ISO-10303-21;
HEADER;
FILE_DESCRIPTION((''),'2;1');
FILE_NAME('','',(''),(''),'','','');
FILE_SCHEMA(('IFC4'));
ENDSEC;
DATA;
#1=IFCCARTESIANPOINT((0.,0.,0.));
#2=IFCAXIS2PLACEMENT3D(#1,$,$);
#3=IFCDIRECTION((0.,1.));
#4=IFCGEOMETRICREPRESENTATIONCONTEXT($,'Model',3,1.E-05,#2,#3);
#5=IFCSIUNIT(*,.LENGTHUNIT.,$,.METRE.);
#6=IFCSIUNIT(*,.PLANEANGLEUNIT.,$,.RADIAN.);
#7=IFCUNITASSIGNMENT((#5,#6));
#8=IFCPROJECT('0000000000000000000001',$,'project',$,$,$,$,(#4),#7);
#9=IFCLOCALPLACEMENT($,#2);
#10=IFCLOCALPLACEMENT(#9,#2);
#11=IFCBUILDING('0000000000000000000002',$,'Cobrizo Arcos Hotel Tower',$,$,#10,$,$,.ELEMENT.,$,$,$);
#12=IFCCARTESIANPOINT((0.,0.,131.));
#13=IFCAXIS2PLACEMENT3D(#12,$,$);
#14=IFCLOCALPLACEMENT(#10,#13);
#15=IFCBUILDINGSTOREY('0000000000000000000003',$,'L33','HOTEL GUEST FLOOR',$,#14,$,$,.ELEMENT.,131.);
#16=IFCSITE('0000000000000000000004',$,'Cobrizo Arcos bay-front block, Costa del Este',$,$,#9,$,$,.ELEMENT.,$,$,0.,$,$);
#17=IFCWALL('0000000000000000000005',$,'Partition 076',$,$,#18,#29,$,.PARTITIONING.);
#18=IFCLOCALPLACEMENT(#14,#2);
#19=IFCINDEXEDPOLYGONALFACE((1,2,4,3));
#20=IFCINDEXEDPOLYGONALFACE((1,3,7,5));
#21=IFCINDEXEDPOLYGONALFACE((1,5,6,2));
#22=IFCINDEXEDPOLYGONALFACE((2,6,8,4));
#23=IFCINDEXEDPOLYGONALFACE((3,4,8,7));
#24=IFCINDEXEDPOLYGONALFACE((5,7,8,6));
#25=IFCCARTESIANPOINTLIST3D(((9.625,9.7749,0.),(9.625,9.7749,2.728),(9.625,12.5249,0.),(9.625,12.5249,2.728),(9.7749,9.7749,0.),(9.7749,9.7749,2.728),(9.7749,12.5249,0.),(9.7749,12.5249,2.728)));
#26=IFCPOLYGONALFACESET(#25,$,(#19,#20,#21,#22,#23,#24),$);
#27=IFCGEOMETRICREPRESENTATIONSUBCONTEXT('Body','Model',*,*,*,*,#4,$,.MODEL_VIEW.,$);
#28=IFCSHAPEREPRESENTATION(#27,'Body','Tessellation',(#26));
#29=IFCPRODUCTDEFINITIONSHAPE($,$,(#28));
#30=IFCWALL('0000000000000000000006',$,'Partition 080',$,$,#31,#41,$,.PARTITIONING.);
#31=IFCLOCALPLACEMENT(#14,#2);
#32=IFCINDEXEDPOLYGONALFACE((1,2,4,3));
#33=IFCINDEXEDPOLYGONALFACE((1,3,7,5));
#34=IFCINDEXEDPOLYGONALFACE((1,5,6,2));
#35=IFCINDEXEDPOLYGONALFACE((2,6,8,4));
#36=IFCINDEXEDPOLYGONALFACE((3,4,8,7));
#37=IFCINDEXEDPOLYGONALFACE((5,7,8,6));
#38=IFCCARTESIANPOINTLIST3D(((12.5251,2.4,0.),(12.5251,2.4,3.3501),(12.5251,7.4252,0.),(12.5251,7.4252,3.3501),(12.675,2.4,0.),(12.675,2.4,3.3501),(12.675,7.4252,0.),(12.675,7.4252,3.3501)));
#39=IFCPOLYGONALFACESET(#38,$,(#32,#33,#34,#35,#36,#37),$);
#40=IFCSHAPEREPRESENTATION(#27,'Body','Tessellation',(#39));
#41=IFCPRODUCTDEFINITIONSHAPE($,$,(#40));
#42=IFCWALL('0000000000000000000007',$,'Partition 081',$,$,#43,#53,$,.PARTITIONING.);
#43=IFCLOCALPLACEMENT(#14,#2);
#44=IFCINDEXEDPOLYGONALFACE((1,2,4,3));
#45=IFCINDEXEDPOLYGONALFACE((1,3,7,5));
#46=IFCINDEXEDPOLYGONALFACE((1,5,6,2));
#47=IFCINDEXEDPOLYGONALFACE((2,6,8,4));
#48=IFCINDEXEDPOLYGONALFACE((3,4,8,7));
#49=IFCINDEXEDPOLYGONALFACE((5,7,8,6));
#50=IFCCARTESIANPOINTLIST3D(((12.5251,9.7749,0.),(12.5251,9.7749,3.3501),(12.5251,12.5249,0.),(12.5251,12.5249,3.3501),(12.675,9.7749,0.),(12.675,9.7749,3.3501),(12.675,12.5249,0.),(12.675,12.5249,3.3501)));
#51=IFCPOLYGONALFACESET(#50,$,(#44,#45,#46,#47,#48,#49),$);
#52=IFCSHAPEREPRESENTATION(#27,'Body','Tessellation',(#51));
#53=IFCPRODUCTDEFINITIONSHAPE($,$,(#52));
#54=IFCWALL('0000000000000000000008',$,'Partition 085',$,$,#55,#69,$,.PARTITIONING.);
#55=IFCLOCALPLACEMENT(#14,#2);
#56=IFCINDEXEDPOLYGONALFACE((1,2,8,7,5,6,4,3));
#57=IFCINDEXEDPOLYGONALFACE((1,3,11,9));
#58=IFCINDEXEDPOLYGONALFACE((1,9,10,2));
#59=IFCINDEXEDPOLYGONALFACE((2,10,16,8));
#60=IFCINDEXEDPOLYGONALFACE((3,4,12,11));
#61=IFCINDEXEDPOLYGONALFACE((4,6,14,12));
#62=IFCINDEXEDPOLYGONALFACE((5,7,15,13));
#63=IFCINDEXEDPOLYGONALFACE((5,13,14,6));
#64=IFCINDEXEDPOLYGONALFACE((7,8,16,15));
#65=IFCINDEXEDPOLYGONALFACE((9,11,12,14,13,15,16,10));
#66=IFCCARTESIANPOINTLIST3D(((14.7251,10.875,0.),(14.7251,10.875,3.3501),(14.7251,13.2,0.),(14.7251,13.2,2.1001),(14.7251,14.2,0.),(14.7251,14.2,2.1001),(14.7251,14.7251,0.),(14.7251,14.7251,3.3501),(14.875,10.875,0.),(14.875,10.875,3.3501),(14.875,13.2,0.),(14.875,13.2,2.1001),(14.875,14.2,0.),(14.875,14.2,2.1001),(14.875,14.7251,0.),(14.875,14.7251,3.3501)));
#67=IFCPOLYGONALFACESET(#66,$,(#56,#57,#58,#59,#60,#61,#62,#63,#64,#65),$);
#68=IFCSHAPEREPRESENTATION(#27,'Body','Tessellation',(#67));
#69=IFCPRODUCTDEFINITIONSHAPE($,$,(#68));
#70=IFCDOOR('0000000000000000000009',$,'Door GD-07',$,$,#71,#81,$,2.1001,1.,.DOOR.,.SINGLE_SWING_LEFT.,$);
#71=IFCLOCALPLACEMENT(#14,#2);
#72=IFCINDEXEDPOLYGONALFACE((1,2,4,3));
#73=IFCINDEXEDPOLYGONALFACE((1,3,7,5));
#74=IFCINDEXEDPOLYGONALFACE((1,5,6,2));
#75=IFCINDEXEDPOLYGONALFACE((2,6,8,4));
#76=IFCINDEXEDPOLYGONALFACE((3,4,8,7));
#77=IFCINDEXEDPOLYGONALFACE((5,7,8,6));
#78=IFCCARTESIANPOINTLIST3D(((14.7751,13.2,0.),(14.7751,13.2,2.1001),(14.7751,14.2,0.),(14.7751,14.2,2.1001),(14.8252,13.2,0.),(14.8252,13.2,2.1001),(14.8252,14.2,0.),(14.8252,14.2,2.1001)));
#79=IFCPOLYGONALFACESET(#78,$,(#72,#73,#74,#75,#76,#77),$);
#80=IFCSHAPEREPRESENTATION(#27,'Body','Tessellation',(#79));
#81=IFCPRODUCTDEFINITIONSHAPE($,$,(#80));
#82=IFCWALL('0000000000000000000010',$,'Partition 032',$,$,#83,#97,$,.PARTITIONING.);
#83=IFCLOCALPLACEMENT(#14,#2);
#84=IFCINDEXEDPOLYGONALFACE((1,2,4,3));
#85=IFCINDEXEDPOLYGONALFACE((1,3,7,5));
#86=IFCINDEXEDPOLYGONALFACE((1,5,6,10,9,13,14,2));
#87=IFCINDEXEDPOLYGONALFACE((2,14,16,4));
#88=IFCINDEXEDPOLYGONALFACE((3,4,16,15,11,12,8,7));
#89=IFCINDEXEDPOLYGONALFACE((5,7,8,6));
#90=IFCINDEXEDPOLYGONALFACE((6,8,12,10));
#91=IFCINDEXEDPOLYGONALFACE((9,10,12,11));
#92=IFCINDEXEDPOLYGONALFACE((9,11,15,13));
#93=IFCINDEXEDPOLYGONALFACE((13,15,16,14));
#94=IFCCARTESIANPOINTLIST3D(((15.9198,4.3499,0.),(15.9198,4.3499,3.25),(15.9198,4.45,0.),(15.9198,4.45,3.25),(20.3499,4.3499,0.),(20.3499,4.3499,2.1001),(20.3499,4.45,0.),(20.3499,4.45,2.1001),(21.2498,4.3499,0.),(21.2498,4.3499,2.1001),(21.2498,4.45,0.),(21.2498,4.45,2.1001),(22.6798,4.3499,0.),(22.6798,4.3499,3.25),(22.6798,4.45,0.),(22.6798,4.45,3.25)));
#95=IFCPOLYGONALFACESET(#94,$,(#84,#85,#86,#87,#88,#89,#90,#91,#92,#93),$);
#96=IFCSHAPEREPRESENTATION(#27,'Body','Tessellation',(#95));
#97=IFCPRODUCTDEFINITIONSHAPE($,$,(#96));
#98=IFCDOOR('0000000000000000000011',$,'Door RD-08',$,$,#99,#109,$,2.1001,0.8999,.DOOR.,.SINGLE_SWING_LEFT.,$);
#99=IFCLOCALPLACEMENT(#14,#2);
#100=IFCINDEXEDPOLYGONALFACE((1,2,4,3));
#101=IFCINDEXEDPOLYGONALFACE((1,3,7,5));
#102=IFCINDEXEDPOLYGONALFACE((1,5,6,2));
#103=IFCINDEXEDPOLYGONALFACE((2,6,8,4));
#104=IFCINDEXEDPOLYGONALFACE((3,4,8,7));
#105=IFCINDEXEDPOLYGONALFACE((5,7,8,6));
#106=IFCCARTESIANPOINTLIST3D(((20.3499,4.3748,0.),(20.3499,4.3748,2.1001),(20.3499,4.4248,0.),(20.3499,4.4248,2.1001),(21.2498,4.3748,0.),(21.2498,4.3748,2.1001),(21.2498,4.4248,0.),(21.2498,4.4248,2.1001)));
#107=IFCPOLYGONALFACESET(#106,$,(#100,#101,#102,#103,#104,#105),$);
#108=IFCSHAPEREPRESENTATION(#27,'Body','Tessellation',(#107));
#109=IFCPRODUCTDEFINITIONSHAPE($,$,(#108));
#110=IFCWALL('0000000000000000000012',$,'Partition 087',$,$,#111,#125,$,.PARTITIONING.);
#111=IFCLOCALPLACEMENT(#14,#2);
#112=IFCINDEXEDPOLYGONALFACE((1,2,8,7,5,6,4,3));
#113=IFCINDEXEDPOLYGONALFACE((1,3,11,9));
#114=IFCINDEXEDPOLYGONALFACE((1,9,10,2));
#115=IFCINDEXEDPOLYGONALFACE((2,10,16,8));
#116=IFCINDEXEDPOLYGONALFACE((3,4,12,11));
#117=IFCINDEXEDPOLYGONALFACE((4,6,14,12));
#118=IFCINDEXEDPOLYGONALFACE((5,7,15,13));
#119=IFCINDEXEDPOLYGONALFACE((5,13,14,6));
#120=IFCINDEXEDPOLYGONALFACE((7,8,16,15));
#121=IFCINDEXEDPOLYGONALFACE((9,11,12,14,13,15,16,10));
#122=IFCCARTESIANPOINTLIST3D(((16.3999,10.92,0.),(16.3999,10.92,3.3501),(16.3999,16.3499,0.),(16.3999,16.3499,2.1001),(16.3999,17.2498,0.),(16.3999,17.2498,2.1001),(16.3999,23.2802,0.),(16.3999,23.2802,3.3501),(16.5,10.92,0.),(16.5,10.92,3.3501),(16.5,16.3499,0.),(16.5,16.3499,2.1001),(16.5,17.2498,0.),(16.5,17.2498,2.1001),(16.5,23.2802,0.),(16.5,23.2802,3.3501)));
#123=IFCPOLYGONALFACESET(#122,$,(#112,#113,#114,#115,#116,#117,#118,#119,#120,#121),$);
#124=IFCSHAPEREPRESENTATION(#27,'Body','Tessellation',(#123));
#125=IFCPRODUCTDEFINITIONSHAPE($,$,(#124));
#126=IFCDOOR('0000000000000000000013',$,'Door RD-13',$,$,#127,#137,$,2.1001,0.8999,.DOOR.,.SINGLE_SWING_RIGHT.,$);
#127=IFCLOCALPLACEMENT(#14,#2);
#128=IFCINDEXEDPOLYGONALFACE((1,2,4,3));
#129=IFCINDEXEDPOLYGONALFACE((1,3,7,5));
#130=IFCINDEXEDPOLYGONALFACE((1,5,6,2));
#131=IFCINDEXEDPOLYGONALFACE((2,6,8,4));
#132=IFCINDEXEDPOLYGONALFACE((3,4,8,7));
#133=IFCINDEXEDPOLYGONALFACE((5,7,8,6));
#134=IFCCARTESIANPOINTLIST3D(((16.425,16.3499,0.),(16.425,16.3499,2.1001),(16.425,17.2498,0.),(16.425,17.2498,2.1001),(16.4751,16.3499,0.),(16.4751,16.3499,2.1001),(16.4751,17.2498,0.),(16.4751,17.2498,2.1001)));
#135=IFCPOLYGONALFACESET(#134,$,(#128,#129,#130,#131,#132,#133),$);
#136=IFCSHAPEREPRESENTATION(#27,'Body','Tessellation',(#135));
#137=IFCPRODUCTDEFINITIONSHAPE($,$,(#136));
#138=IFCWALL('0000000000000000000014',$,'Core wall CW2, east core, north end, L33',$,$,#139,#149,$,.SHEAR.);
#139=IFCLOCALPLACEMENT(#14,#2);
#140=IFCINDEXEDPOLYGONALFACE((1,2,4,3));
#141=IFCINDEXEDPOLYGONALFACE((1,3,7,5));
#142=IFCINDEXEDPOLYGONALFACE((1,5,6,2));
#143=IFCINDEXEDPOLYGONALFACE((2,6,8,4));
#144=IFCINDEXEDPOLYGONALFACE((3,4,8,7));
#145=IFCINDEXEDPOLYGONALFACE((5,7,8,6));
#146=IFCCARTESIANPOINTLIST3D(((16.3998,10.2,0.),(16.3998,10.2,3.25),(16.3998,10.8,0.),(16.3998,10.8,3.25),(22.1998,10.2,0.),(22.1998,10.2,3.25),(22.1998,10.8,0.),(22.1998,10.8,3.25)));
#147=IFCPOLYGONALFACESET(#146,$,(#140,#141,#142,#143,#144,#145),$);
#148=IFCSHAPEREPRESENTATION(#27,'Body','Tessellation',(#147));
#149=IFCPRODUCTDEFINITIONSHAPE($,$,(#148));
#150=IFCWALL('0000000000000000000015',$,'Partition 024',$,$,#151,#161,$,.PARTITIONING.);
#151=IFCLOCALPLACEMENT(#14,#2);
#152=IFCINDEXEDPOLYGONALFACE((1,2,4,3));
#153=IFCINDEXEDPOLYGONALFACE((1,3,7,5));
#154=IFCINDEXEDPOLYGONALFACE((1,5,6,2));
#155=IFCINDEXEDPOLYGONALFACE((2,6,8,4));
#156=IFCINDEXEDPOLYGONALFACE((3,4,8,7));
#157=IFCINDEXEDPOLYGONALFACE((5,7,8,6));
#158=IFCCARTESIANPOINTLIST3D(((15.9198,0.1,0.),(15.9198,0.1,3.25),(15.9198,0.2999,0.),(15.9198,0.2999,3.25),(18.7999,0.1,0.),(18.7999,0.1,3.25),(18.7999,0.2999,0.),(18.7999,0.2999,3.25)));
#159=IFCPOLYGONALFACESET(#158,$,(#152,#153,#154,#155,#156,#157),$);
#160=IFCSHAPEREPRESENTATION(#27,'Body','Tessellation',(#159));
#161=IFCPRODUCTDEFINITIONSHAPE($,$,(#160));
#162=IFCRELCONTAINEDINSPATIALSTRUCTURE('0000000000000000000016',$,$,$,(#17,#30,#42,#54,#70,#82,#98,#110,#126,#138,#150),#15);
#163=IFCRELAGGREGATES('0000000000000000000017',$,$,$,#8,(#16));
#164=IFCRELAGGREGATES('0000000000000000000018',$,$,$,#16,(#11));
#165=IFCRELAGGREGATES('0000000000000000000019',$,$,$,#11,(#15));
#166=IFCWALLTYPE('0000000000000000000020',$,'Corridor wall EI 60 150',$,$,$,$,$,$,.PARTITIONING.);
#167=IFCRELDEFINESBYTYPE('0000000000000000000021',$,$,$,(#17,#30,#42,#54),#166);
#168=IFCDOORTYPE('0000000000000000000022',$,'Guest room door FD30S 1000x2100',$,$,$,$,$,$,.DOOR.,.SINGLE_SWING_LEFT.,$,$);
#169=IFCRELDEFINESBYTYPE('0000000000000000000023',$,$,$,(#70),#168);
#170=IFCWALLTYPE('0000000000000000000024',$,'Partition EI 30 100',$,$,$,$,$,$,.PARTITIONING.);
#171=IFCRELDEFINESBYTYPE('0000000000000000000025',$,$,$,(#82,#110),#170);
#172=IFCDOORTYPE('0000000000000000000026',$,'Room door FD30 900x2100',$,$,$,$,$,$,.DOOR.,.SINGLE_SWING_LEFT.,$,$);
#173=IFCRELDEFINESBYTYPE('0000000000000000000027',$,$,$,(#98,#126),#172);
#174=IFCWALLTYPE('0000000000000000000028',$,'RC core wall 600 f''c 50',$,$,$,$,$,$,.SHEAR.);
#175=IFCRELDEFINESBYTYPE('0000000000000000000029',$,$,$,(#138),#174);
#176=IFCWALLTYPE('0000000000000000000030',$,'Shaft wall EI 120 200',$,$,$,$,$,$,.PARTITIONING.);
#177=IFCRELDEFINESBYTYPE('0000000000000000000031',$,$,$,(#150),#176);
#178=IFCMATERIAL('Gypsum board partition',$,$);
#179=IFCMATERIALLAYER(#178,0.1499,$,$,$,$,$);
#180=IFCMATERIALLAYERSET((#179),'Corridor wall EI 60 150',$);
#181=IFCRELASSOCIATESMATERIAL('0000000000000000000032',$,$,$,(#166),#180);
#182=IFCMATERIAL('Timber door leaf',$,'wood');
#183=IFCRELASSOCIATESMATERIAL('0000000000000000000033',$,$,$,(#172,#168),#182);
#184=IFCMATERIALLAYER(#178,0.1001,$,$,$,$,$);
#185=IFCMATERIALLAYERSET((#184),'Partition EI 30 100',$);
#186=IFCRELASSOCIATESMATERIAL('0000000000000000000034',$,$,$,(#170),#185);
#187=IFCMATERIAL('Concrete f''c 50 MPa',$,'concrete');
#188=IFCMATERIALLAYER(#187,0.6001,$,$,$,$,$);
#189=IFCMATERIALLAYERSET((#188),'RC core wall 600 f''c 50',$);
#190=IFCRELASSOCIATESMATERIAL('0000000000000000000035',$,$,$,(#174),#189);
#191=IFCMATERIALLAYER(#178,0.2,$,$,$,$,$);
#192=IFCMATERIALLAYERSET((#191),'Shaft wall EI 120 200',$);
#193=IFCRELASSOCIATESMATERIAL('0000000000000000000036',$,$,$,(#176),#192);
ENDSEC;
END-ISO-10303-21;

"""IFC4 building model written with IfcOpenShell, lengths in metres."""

from ifc_helpers import new_model, si_unit, direction, frame, frame_2d, origin, place, context, subcontext, project, spatial, rectangle, extrude, material, layer, layer_set, type_object, element, fill, save


model = new_model("IFC4")

# Units and contexts
model_context = context("Model", 3, precision=1e-05, world=origin(), true_north=direction((0.0, 1.0)))
body_context = subcontext(model_context, "Body", "Model", "MODEL_VIEW")
ifc_project = project(units=[si_unit("LENGTHUNIT", "METRE"), si_unit("PLANEANGLEUNIT", "RADIAN")], contexts=[model_context])

# Site, building, storey
site_placement = place(None, origin())
site = spatial("IfcSite", under=ifc_project, at=site_placement, Name="Cobrizo Arcos bay-front block, Costa del Este", CompositionType="ELEMENT", RefElevation=0.0)
building_placement = place(site_placement, origin())
building = spatial("IfcBuilding", under=site, at=building_placement, Name="Cobrizo Arcos Hotel Tower", CompositionType="ELEMENT")
storey_placement = place(building_placement, frame((0.0, 0.0, 131.0)))
storey = spatial("IfcBuildingStorey", under=building, at=storey_placement, Name="L33", Description="HOTEL GUEST FLOOR", CompositionType="ELEMENT", Elevation=131.0)

# Shared definitions
ifc_material_1 = material(Name="Gypsum board partition")
ifc_layer_1 = layer(ifc_material_1, 0.1499)
ifc_layer_set_1 = layer_set([ifc_layer_1], Name="Corridor wall EI 60 150")
wall_type_1 = type_object("IfcWallType", Name="Corridor wall EI 60 150", PredefinedType="PARTITIONING", material=ifc_layer_set_1)
ifc_material_2 = material(Name="Timber door leaf", Category="wood")
door_type_1 = type_object("IfcDoorType", Name="Room door FD30 900x2100", OperationType="SINGLE_SWING_LEFT", PredefinedType="DOOR", material=ifc_material_2)

# Walls
wall_1_placement = place(storey_placement, frame((9.7, 9.7749, 0.0), z_axis=(0.0, 0.0, 1.0), x_axis=(0.0, 1.0, 0.0)))
element("IfcWall", 1, at=wall_1_placement, inside=storey, type_object=wall_type_1, Name="Partition 076", PredefinedType="PARTITIONING", context=body_context, shape_type="SweptSolid", body=[
    extrude(rectangle(XDim=2.75, YDim=0.1499, at=frame_2d((1.375, 0.0))), origin(), (0.0, 0.0, 1.0), 2.728),
])
wall_2_placement = place(storey_placement, frame((12.6001, 2.3999, 0.0), z_axis=(0.0, 0.0, 1.0), x_axis=(0.0, 1.0, 0.0)))
element("IfcWall", 2, at=wall_2_placement, inside=storey, type_object=wall_type_1, Name="Partition 080", PredefinedType="PARTITIONING", context=body_context, shape_type="SweptSolid", body=[
    extrude(rectangle(XDim=5.0251, YDim=0.1499, at=frame_2d((2.5127, 0.0))), origin(), (0.0, 0.0, 1.0), 3.3501),
])
wall_3_placement = place(storey_placement, frame((12.6001, 9.7749, 0.0), z_axis=(0.0, 0.0, 1.0), x_axis=(0.0, 1.0, 0.0)))
element("IfcWall", 3, at=wall_3_placement, inside=storey, type_object=wall_type_1, Name="Partition 081", PredefinedType="PARTITIONING", context=body_context, shape_type="SweptSolid", body=[
    extrude(rectangle(XDim=2.75, YDim=0.1499, at=frame_2d((1.375, 0.0))), origin(), (0.0, 0.0, 1.0), 3.3501),
])

# Walls, openings, doors
wall_4_placement = place(storey_placement, frame((14.8, 10.875, 0.0), z_axis=(0.0, 0.0, 1.0), x_axis=(0.0, 1.0, 0.0)))
wall_4 = element("IfcWall", 4, at=wall_4_placement, inside=storey, type_object=wall_type_1, Name="Partition 085", PredefinedType="PARTITIONING", context=body_context, shape_type="SweptSolid", body=[
    extrude(rectangle(XDim=3.8501, YDim=0.1499, at=frame_2d((1.925, 0.0))), origin(), (0.0, 0.0, 1.0), 3.3501),
])
opening_1_placement = place(wall_4_placement, frame((2.325, 0.0, 0.0)))
opening_1 = element("IfcOpeningElement", 5, at=opening_1_placement, cuts=wall_4, PredefinedType="OPENING", context=body_context, shape_type="SweptSolid", body=[
    extrude(rectangle(XDim=1.0, YDim=2.1001, at=frame_2d((0.5, 1.05))), frame((0.0, 0.0869, 0.0), z_axis=(0.0, -1.0, 0.0), x_axis=(1.0, 0.0, 0.0)), (0.0, 0.0, 1.0), 0.1738),
])
door_type_2 = type_object("IfcDoorType", Name="Guest room door FD30S 1000x2100", OperationType="SINGLE_SWING_LEFT", PredefinedType="DOOR", material=ifc_material_2)
door_1_placement = place(opening_1_placement, origin())
door_1 = element("IfcDoor", 6, at=door_1_placement, inside=storey, type_object=door_type_2, Name="Door GD-07", OperationType="SINGLE_SWING_LEFT", OverallHeight=2.1001, OverallWidth=1.0, PredefinedType="DOOR", context=body_context, shape_type="SweptSolid", body=[
    extrude(rectangle(XDim=1.0, YDim=2.1001, at=frame_2d((0.5, 1.05))), frame((0.0, 0.0249, 0.0), z_axis=(0.0, -1.0, 0.0), x_axis=(1.0, 0.0, 0.0)), (0.0, 0.0, 1.0), 0.05),
])
fill(opening_1, door_1)
ifc_layer_2 = layer(ifc_material_1, 0.1001)
ifc_layer_set_2 = layer_set([ifc_layer_2], Name="Partition EI 30 100")
wall_type_2 = type_object("IfcWallType", Name="Partition EI 30 100", PredefinedType="PARTITIONING", material=ifc_layer_set_2)
wall_5_placement = place(storey_placement, frame((15.9199, 4.3999, 0.0), z_axis=(0.0, 0.0, 1.0), x_axis=(1.0, 0.0, 0.0)))
wall_5 = element("IfcWall", 7, at=wall_5_placement, inside=storey, type_object=wall_type_2, Name="Partition 032", PredefinedType="PARTITIONING", context=body_context, shape_type="SweptSolid", body=[
    extrude(rectangle(XDim=6.76, YDim=0.1001, at=frame_2d((3.3799, 0.0))), origin(), (0.0, 0.0, 1.0), 3.25),
])
opening_2_placement = place(wall_5_placement, frame((4.4299, 0.0, 0.0)))
opening_2 = element("IfcOpeningElement", 8, at=opening_2_placement, cuts=wall_5, PredefinedType="OPENING", context=body_context, shape_type="SweptSolid", body=[
    extrude(rectangle(XDim=0.8999, YDim=2.1001, at=frame_2d((0.45, 1.05))), frame((0.0, 0.062, 0.0), z_axis=(0.0, -1.0, 0.0), x_axis=(1.0, 0.0, 0.0)), (0.0, 0.0, 1.0), 0.124),
])
door_2_placement = place(opening_2_placement, origin())
door_2 = element("IfcDoor", 9, at=door_2_placement, inside=storey, type_object=door_type_1, Name="Door RD-08", OperationType="SINGLE_SWING_LEFT", OverallHeight=2.1001, OverallWidth=0.8999, PredefinedType="DOOR", context=body_context, shape_type="SweptSolid", body=[
    extrude(rectangle(XDim=0.8999, YDim=2.1001, at=frame_2d((0.45, 1.05))), frame((0.0, 0.0249, 0.0), z_axis=(0.0, -1.0, 0.0), x_axis=(1.0, 0.0, 0.0)), (0.0, 0.0, 1.0), 0.05),
])
fill(opening_2, door_2)
wall_6_placement = place(storey_placement, frame((16.45, 10.9199, 0.0), z_axis=(0.0, 0.0, 1.0), x_axis=(0.0, 1.0, 0.0)))
wall_6 = element("IfcWall", 10, at=wall_6_placement, inside=storey, type_object=wall_type_2, Name="Partition 087", PredefinedType="PARTITIONING", context=body_context, shape_type="SweptSolid", body=[
    extrude(rectangle(XDim=12.3601, YDim=0.1001, at=frame_2d((6.1802, 0.0))), origin(), (0.0, 0.0, 1.0), 3.3501),
])
opening_3_placement = place(wall_6_placement, frame((5.4299, 0.0, 0.0)))
opening_3 = element("IfcOpeningElement", 11, at=opening_3_placement, cuts=wall_6, PredefinedType="OPENING", context=body_context, shape_type="SweptSolid", body=[
    extrude(rectangle(XDim=0.8999, YDim=2.1001, at=frame_2d((0.45, 1.05))), frame((0.0, 0.062, 0.0), z_axis=(0.0, -1.0, 0.0), x_axis=(1.0, 0.0, 0.0)), (0.0, 0.0, 1.0), 0.124),
])
door_3_placement = place(opening_3_placement, origin())
door_3 = element("IfcDoor", 12, at=door_3_placement, inside=storey, type_object=door_type_1, Name="Door RD-13", OperationType="SINGLE_SWING_RIGHT", OverallHeight=2.1001, OverallWidth=0.8999, PredefinedType="DOOR", context=body_context, shape_type="SweptSolid", body=[
    extrude(rectangle(XDim=0.8999, YDim=2.1001, at=frame_2d((0.45, 1.05))), frame((0.0, 0.0249, 0.0), z_axis=(0.0, -1.0, 0.0), x_axis=(1.0, 0.0, 0.0)), (0.0, 0.0, 1.0), 0.05),
])
fill(opening_3, door_3)

# Walls
ifc_material_3 = material(Name="Concrete f'c 50 MPa", Category="concrete")
ifc_layer_3 = layer(ifc_material_3, 0.6001)
ifc_layer_set_3 = layer_set([ifc_layer_3], Name="RC core wall 600 f'c 50")
wall_type_3 = type_object("IfcWallType", Name="RC core wall 600 f'c 50", PredefinedType="SHEAR", material=ifc_layer_set_3)
wall_7_placement = place(storey_placement, frame((16.3999, 10.5, 0.0), z_axis=(0.0, 0.0, 1.0), x_axis=(1.0, 0.0, 0.0)))
element("IfcWall", 13, at=wall_7_placement, inside=storey, type_object=wall_type_3, Name="Core wall CW2, east core, north end, L33", PredefinedType="SHEAR", context=body_context, shape_type="SweptSolid", body=[
    extrude(rectangle(XDim=5.8, YDim=0.6001, at=frame_2d((2.8999, 0.0))), origin(), (0.0, 0.0, 1.0), 3.25),
])
ifc_layer_4 = layer(ifc_material_1, 0.2)
ifc_layer_set_4 = layer_set([ifc_layer_4], Name="Shaft wall EI 120 200")
wall_type_4 = type_object("IfcWallType", Name="Shaft wall EI 120 200", PredefinedType="PARTITIONING", material=ifc_layer_set_4)
wall_8_placement = place(storey_placement, frame((15.9199, 0.2, 0.0), z_axis=(0.0, 0.0, 1.0), x_axis=(1.0, 0.0, 0.0)))
element("IfcWall", 14, at=wall_8_placement, inside=storey, type_object=wall_type_4, Name="Partition 024", PredefinedType="PARTITIONING", context=body_context, shape_type="SweptSolid", body=[
    extrude(rectangle(XDim=2.8801, YDim=0.2, at=frame_2d((1.4399, 0.0))), origin(), (0.0, 0.0, 1.0), 3.25),
])

save(model, "model.ifc")
